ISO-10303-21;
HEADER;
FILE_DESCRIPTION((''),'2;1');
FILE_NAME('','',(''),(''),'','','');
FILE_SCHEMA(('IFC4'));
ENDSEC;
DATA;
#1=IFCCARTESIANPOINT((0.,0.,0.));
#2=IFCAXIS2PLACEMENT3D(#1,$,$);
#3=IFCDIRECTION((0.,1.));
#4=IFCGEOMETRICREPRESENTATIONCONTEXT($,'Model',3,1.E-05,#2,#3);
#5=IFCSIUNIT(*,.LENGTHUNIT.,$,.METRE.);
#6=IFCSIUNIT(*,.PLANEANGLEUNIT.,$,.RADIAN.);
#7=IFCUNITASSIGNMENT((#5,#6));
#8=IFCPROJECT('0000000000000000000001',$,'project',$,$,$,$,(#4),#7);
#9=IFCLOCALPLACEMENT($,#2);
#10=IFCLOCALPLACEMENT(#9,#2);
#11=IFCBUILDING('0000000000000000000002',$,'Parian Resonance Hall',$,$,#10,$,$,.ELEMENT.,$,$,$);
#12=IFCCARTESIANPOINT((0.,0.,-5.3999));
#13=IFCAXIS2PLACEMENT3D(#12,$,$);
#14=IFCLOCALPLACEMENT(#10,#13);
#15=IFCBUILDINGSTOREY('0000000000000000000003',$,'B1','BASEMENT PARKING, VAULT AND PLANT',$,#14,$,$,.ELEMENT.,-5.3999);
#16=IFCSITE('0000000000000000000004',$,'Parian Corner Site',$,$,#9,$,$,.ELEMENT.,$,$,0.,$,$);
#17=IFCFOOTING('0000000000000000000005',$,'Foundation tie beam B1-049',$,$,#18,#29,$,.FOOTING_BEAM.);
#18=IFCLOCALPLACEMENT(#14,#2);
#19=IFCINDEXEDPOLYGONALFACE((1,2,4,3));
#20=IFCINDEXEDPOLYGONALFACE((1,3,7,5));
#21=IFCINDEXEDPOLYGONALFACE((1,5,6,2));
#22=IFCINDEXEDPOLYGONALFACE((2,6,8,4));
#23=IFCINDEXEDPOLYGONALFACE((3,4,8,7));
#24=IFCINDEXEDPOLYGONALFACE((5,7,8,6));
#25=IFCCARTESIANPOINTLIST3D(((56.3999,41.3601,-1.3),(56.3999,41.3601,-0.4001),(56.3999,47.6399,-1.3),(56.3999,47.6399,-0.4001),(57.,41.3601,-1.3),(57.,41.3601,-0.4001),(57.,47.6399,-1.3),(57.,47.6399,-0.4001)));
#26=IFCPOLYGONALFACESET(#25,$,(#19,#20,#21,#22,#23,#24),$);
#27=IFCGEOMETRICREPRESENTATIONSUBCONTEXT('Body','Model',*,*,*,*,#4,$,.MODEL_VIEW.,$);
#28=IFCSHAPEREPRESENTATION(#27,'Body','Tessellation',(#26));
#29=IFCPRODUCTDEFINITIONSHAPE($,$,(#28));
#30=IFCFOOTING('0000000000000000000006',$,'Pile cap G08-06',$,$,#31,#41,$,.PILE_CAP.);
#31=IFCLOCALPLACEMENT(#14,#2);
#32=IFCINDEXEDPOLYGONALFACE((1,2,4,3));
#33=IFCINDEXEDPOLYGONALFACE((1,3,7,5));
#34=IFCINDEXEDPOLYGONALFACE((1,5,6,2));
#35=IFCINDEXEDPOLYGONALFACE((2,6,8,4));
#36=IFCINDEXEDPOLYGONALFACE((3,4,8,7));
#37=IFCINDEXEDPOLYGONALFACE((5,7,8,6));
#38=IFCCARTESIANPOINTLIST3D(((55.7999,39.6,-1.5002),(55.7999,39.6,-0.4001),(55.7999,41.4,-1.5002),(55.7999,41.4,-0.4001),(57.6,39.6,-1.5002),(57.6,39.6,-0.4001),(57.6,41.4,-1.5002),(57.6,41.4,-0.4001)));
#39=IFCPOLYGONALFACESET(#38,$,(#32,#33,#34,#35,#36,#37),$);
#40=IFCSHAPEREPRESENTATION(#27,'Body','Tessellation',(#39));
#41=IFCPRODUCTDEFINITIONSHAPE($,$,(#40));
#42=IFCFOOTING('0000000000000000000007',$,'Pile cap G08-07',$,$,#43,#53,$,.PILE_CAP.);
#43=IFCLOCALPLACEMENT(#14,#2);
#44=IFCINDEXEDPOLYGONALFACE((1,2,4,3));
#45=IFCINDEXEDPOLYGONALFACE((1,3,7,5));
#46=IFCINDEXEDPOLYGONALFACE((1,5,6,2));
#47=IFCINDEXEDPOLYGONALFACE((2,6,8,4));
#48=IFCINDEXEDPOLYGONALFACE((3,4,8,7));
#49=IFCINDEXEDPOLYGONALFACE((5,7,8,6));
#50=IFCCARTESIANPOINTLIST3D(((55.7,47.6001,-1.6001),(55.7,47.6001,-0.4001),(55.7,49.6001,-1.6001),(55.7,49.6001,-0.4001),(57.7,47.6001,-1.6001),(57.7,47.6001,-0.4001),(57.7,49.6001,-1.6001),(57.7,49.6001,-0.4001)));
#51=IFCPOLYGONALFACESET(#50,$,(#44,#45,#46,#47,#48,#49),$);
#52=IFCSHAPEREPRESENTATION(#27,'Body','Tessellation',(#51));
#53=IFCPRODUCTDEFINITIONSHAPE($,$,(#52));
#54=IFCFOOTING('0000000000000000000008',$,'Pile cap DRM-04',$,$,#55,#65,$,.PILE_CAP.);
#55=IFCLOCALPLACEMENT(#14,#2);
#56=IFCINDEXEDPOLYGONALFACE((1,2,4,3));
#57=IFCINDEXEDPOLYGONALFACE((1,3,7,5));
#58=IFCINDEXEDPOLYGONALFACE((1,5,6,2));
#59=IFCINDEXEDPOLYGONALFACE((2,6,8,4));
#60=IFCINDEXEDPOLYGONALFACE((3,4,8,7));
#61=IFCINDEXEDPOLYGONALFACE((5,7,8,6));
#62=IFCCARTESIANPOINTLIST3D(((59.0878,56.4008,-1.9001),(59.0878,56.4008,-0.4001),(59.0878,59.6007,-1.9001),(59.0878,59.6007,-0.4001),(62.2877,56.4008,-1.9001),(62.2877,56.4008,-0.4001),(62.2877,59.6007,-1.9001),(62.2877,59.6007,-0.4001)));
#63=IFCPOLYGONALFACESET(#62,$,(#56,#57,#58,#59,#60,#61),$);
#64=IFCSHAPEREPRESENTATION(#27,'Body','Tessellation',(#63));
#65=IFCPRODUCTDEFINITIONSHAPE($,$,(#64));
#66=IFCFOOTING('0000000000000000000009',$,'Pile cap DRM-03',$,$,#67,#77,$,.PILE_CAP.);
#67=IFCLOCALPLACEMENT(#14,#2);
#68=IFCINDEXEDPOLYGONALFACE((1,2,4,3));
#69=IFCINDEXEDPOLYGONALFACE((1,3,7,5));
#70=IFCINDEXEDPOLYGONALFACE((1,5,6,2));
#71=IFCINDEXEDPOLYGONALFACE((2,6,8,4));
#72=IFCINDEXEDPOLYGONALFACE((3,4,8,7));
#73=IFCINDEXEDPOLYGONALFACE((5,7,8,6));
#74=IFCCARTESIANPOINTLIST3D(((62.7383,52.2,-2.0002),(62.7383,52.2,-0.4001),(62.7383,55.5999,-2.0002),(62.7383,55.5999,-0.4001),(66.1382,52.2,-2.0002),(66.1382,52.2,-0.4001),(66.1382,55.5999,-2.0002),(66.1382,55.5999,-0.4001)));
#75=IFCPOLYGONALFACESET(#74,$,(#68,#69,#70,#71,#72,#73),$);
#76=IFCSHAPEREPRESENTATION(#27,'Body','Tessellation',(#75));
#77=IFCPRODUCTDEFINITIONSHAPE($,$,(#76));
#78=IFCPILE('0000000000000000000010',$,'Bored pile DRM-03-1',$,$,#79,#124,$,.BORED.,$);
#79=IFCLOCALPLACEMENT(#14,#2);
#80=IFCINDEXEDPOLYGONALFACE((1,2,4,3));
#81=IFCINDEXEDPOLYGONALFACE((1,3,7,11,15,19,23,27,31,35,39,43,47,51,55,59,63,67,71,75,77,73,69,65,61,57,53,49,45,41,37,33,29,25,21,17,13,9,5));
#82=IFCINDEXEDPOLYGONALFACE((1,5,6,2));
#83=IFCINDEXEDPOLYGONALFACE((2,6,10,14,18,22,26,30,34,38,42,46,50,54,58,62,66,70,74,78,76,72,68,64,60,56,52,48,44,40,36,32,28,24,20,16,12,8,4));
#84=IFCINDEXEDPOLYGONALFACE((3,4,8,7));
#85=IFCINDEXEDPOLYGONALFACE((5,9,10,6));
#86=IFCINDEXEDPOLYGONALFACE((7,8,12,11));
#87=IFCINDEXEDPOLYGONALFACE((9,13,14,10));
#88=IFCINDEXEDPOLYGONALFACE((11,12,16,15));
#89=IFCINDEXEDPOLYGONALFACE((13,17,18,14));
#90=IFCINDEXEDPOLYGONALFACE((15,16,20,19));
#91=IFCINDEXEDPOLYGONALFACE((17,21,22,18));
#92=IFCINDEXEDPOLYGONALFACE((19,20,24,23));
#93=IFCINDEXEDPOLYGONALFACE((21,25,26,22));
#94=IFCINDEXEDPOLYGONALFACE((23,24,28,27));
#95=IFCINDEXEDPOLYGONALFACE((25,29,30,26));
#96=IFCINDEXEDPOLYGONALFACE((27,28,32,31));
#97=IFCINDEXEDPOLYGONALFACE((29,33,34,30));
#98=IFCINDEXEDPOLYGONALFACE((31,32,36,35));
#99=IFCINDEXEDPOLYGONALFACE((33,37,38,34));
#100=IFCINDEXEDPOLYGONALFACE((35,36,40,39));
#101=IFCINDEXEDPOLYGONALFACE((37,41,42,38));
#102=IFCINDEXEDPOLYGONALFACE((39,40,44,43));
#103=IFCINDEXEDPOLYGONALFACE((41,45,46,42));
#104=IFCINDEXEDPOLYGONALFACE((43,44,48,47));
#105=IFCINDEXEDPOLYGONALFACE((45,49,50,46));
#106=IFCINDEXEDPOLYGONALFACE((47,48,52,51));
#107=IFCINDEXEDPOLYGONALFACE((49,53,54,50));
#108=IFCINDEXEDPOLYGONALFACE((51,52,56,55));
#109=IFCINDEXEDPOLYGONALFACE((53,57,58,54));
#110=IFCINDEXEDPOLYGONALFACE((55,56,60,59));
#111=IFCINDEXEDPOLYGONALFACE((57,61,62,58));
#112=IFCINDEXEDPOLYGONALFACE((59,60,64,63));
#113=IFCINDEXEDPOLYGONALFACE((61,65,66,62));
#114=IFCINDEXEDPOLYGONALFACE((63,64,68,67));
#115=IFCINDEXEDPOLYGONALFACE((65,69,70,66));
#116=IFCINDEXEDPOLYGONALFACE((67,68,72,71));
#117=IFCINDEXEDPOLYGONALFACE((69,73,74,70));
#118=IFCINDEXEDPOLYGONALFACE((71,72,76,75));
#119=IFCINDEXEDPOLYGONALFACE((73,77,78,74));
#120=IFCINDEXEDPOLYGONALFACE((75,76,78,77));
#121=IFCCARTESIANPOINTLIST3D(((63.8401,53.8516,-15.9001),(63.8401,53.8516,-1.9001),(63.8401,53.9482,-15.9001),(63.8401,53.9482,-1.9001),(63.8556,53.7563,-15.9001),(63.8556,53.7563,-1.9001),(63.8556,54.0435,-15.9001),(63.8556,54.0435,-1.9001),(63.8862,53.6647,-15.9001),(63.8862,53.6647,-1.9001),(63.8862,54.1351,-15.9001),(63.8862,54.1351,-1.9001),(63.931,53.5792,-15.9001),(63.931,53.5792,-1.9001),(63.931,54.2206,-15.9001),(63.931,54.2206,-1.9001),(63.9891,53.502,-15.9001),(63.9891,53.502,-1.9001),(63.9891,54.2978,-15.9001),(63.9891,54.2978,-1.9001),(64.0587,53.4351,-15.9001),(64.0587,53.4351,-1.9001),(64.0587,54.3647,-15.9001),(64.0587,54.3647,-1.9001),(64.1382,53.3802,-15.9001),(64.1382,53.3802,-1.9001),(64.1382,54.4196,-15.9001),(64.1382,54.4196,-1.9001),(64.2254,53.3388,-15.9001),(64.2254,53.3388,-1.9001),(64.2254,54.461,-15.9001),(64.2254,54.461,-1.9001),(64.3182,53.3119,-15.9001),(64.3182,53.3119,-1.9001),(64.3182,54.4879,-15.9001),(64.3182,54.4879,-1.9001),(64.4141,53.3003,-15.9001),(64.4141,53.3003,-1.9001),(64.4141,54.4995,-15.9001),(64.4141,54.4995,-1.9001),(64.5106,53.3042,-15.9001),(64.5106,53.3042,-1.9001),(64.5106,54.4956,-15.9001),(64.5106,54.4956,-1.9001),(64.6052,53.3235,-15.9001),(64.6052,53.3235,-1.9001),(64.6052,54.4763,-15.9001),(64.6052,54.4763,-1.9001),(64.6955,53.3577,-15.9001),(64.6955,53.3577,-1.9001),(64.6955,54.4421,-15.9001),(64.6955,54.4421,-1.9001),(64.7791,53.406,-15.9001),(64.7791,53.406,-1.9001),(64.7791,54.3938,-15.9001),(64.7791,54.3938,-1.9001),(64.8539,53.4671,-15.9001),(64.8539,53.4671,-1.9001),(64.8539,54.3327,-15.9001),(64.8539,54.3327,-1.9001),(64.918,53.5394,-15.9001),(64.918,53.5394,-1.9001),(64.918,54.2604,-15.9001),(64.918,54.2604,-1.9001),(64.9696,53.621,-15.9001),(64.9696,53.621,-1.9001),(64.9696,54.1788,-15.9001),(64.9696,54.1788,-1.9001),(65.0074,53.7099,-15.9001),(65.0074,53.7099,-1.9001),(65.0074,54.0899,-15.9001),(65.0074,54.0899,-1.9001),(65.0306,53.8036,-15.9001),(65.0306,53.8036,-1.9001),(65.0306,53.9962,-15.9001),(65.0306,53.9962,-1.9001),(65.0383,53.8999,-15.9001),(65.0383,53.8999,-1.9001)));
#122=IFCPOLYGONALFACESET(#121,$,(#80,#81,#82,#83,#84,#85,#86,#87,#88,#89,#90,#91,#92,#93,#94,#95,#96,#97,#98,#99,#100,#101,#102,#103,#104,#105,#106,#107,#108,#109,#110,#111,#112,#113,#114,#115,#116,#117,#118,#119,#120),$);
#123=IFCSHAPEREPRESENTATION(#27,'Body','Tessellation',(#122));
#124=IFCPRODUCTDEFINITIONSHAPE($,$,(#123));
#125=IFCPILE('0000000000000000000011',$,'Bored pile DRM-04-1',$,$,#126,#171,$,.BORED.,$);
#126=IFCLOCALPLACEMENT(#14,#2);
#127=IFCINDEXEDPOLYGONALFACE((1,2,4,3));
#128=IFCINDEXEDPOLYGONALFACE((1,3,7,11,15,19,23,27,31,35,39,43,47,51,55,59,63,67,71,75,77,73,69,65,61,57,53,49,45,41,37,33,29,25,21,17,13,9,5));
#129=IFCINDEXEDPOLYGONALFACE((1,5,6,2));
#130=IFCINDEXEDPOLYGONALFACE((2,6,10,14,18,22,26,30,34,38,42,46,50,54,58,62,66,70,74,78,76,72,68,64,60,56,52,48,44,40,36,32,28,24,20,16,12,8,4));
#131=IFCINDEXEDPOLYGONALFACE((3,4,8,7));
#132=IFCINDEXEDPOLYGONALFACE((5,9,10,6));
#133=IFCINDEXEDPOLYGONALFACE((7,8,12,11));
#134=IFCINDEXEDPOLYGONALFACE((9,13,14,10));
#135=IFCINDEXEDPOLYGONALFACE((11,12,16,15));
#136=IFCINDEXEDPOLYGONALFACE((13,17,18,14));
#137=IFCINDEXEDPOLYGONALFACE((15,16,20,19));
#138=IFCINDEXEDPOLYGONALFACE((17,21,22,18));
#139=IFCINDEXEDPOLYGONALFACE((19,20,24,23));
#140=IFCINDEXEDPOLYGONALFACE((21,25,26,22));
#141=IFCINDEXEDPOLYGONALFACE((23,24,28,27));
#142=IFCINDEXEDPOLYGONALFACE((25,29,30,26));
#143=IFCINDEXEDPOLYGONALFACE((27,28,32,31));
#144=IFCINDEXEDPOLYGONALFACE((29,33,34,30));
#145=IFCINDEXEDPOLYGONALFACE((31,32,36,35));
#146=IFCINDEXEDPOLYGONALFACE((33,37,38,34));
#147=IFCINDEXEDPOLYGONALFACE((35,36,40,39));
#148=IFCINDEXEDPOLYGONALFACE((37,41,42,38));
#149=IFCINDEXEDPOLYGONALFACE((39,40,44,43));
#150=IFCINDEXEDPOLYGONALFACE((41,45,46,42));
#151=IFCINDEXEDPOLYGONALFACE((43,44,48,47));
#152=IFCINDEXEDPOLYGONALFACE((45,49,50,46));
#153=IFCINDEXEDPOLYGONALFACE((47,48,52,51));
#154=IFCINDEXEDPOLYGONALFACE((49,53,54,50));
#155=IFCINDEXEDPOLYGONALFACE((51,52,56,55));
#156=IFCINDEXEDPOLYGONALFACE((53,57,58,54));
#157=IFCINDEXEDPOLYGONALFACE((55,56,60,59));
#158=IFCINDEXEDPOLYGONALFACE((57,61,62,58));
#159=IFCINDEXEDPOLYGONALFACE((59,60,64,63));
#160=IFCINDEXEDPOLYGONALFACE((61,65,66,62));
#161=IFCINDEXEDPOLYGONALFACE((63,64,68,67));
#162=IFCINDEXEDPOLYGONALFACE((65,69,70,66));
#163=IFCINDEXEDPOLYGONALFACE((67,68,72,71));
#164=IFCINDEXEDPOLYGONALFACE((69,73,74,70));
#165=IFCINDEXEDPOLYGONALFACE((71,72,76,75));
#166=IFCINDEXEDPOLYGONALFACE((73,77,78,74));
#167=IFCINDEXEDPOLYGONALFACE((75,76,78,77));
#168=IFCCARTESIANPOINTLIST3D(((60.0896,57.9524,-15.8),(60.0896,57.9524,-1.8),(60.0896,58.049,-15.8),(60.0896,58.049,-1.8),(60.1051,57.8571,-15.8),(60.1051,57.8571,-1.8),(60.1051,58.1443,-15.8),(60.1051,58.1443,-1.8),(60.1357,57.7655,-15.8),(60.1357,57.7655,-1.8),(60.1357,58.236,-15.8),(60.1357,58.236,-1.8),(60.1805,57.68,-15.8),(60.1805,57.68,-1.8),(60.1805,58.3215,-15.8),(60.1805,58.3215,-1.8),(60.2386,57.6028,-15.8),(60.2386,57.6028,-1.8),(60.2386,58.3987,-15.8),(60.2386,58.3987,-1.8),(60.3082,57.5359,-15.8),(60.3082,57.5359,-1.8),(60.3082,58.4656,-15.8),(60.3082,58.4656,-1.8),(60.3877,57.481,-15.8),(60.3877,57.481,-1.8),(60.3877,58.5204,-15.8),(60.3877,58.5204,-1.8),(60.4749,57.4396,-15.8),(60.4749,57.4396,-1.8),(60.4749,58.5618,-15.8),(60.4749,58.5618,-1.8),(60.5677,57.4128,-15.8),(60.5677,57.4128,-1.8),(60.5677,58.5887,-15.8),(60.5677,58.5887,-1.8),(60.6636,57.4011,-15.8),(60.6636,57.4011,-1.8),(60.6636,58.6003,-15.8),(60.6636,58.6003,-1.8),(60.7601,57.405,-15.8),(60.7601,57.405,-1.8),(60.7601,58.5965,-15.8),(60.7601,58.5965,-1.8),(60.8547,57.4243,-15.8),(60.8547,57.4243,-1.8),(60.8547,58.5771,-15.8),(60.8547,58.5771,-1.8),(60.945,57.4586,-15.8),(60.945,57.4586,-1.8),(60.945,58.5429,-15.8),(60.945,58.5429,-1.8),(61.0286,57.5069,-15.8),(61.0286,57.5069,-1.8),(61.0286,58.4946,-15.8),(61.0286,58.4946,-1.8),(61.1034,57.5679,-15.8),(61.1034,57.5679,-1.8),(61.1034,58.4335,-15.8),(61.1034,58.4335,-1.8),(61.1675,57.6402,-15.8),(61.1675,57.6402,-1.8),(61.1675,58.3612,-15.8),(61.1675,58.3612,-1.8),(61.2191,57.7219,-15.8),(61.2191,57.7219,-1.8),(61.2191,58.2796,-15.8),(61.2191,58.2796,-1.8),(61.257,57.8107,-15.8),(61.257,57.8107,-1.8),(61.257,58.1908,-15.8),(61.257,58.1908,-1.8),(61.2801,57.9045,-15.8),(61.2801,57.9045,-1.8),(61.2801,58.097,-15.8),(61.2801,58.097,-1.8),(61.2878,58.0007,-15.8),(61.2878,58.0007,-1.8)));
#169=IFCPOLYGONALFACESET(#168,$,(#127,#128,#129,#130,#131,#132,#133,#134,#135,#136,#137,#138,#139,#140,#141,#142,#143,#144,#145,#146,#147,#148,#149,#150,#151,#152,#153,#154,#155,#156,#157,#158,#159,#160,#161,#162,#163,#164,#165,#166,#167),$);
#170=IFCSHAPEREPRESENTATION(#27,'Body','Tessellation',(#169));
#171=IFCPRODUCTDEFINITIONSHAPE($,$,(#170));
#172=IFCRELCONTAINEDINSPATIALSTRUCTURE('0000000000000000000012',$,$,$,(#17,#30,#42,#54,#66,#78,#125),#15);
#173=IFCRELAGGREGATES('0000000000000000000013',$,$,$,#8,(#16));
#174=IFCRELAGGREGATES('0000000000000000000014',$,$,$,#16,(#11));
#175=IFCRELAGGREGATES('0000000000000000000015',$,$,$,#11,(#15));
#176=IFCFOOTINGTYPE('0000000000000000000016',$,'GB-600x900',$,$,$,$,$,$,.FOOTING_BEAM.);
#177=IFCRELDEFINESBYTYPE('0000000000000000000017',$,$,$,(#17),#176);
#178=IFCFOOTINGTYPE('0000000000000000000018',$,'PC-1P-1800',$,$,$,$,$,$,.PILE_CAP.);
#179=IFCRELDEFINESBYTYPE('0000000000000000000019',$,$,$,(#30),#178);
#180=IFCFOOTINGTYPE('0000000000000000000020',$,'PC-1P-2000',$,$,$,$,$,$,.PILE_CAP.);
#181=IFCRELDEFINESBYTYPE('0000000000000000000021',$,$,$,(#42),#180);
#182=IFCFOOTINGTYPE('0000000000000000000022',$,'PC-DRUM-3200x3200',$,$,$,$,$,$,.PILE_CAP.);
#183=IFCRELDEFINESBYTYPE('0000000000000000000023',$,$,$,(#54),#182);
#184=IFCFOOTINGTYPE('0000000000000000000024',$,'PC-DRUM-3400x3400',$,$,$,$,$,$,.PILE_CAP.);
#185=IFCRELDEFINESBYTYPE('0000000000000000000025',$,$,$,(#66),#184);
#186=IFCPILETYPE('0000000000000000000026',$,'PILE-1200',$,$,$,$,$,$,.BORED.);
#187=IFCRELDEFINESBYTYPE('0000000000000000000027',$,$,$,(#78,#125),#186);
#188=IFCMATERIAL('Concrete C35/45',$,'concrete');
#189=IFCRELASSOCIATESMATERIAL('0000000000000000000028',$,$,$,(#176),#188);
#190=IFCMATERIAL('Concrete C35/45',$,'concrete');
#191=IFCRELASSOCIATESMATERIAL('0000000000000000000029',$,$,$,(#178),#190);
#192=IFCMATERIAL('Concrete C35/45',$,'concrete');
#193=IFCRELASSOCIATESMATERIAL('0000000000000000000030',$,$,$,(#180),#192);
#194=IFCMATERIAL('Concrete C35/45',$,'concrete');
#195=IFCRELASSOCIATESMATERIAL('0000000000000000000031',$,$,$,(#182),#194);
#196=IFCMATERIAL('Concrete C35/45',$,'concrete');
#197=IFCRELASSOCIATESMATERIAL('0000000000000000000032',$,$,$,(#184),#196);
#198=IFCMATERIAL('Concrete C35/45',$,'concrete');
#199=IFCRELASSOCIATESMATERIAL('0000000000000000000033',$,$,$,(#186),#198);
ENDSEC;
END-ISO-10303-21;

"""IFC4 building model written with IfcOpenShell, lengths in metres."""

from ifc_helpers import new_model, si_unit, direction, frame, origin, origin_2d, place, context, subcontext, project, spatial, rectangle, circle, extrude, material, material_profile, profile_set, type_object, element, save


model = new_model("IFC4")

# Units and contexts
model_context = context("Model", 3, precision=1e-05, world=origin(), true_north=direction((0.0, 1.0)))
body_context = subcontext(model_context, "Body", "Model", "MODEL_VIEW")
ifc_project = project(units=[si_unit("LENGTHUNIT", "METRE"), si_unit("PLANEANGLEUNIT", "RADIAN")], contexts=[model_context])

# Site, building, storey
site_placement = place(None, origin())
site = spatial("IfcSite", under=ifc_project, at=site_placement, Name="Parian Corner Site", CompositionType="ELEMENT", RefElevation=0.0)
building_placement = place(site_placement, origin())
building = spatial("IfcBuilding", under=site, at=building_placement, Name="Parian Resonance Hall", CompositionType="ELEMENT")
storey_placement = place(building_placement, frame((0.0, 0.0, -5.3999)))
storey = spatial("IfcBuildingStorey", under=building, at=storey_placement, Name="B1", Description="BASEMENT PARKING, VAULT AND PLANT", CompositionType="ELEMENT", Elevation=-5.3999)

# Footings
ifc_material_1 = material(Name="Concrete C35/45", Category="concrete")
ifc_material_profile_1 = material_profile(ifc_material_1, rectangle(XDim=0.6001, YDim=0.8999, at=origin_2d()), Name="RC-GB-600x900")
ifc_profile_set_1 = profile_set([ifc_material_profile_1], Name="Concrete C35/45")
footing_type_1 = type_object("IfcFootingType", Name="GB-600x900", PredefinedType="FOOTING_BEAM", material=ifc_profile_set_1)
footing_1_placement = place(storey_placement, frame((56.7, 41.3601, -0.8501), z_axis=(0.0, 1.0, 0.0), x_axis=(-1.0, 0.0, 0.0)))
element("IfcFooting", 1, at=footing_1_placement, inside=storey, type_object=footing_type_1, Name="Foundation tie beam B1-049", PredefinedType="FOOTING_BEAM", context=body_context, shape_type="SweptSolid", body=[
    extrude(rectangle(XDim=0.6001, YDim=0.8999, at=origin_2d()), origin(), (0.0, 0.0, 1.0), 6.2798),
])
ifc_material_2 = material(Name="Concrete C35/45", Category="concrete")
footing_type_2 = type_object("IfcFootingType", Name="PC-1P-1800", PredefinedType="PILE_CAP", material=ifc_material_2)
footing_2_placement = place(storey_placement, frame((56.7, 40.5, -1.5002), z_axis=(0.0, 0.0, 1.0), x_axis=(1.0, 0.0, 0.0)))
element("IfcFooting", 2, at=footing_2_placement, inside=storey, type_object=footing_type_2, Name="Pile cap G08-06", PredefinedType="PILE_CAP", context=body_context, shape_type="SweptSolid", body=[
    extrude(rectangle(XDim=1.8, YDim=1.8, at=origin_2d()), origin(), (0.0, 0.0, 1.0), 1.1001),
])
ifc_material_3 = material(Name="Concrete C35/45", Category="concrete")
footing_type_3 = type_object("IfcFootingType", Name="PC-1P-2000", PredefinedType="PILE_CAP", material=ifc_material_3)
footing_3_placement = place(storey_placement, frame((56.7, 48.6001, -1.6001), z_axis=(0.0, 0.0, 1.0), x_axis=(1.0, 0.0, 0.0)))
element("IfcFooting", 3, at=footing_3_placement, inside=storey, type_object=footing_type_3, Name="Pile cap G08-07", PredefinedType="PILE_CAP", context=body_context, shape_type="SweptSolid", body=[
    extrude(rectangle(XDim=2.0, YDim=2.0, at=origin_2d()), origin(), (0.0, 0.0, 1.0), 1.2),
])
ifc_material_4 = material(Name="Concrete C35/45", Category="concrete")
footing_type_4 = type_object("IfcFootingType", Name="PC-DRUM-3200x3200", PredefinedType="PILE_CAP", material=ifc_material_4)
footing_4_placement = place(storey_placement, frame((60.6877, 58.0007, -1.9001), z_axis=(0.0, 0.0, 1.0), x_axis=(1.0, 0.0, 0.0)))
element("IfcFooting", 4, at=footing_4_placement, inside=storey, type_object=footing_type_4, Name="Pile cap DRM-04", PredefinedType="PILE_CAP", context=body_context, shape_type="SweptSolid", body=[
    extrude(rectangle(XDim=3.2, YDim=3.2, at=origin_2d()), origin(), (0.0, 0.0, 1.0), 1.5),
])
ifc_material_5 = material(Name="Concrete C35/45", Category="concrete")
footing_type_5 = type_object("IfcFootingType", Name="PC-DRUM-3400x3400", PredefinedType="PILE_CAP", material=ifc_material_5)
footing_5_placement = place(storey_placement, frame((64.4382, 53.8999, -2.0002), z_axis=(0.0, 0.0, 1.0), x_axis=(1.0, 0.0, 0.0)))
element("IfcFooting", 5, at=footing_5_placement, inside=storey, type_object=footing_type_5, Name="Pile cap DRM-03", PredefinedType="PILE_CAP", context=body_context, shape_type="SweptSolid", body=[
    extrude(rectangle(XDim=3.3999, YDim=3.3999, at=origin_2d()), origin(), (0.0, 0.0, 1.0), 1.6001),
])

# Piles
ifc_material_6 = material(Name="Concrete C35/45", Category="concrete")
ifc_material_profile_2 = material_profile(ifc_material_6, circle(Radius=0.6001, at=origin_2d()), Name="PILE-D1200")
ifc_profile_set_2 = profile_set([ifc_material_profile_2], Name="Concrete C35/45")
pile_type_1 = type_object("IfcPileType", Name="PILE-1200", PredefinedType="BORED", material=ifc_profile_set_2)
for number, where, z_axis, x_axis, name in (
    (6, (64.4382, 53.8999, -1.9001), (0.0, 0.0, -1.0), (1.0, 0.0, 0.0), "Bored pile DRM-03-1"),
    (7, (60.6877, 58.0007, -1.8), (0.0, 0.0, -1.0), (1.0, 0.0, 0.0), "Bored pile DRM-04-1"),
):
    element("IfcPile", number, at=place(storey_placement, frame(where, z_axis=z_axis, x_axis=x_axis)), inside=storey, type_object=pile_type_1, Name=name, PredefinedType="BORED", context=body_context, shape_type="SweptSolid", body=[
        extrude(circle(Radius=0.6001, at=origin_2d()), origin(), (0.0, 0.0, 1.0), 14.0),
    ])

save(model, "model.ifc")
